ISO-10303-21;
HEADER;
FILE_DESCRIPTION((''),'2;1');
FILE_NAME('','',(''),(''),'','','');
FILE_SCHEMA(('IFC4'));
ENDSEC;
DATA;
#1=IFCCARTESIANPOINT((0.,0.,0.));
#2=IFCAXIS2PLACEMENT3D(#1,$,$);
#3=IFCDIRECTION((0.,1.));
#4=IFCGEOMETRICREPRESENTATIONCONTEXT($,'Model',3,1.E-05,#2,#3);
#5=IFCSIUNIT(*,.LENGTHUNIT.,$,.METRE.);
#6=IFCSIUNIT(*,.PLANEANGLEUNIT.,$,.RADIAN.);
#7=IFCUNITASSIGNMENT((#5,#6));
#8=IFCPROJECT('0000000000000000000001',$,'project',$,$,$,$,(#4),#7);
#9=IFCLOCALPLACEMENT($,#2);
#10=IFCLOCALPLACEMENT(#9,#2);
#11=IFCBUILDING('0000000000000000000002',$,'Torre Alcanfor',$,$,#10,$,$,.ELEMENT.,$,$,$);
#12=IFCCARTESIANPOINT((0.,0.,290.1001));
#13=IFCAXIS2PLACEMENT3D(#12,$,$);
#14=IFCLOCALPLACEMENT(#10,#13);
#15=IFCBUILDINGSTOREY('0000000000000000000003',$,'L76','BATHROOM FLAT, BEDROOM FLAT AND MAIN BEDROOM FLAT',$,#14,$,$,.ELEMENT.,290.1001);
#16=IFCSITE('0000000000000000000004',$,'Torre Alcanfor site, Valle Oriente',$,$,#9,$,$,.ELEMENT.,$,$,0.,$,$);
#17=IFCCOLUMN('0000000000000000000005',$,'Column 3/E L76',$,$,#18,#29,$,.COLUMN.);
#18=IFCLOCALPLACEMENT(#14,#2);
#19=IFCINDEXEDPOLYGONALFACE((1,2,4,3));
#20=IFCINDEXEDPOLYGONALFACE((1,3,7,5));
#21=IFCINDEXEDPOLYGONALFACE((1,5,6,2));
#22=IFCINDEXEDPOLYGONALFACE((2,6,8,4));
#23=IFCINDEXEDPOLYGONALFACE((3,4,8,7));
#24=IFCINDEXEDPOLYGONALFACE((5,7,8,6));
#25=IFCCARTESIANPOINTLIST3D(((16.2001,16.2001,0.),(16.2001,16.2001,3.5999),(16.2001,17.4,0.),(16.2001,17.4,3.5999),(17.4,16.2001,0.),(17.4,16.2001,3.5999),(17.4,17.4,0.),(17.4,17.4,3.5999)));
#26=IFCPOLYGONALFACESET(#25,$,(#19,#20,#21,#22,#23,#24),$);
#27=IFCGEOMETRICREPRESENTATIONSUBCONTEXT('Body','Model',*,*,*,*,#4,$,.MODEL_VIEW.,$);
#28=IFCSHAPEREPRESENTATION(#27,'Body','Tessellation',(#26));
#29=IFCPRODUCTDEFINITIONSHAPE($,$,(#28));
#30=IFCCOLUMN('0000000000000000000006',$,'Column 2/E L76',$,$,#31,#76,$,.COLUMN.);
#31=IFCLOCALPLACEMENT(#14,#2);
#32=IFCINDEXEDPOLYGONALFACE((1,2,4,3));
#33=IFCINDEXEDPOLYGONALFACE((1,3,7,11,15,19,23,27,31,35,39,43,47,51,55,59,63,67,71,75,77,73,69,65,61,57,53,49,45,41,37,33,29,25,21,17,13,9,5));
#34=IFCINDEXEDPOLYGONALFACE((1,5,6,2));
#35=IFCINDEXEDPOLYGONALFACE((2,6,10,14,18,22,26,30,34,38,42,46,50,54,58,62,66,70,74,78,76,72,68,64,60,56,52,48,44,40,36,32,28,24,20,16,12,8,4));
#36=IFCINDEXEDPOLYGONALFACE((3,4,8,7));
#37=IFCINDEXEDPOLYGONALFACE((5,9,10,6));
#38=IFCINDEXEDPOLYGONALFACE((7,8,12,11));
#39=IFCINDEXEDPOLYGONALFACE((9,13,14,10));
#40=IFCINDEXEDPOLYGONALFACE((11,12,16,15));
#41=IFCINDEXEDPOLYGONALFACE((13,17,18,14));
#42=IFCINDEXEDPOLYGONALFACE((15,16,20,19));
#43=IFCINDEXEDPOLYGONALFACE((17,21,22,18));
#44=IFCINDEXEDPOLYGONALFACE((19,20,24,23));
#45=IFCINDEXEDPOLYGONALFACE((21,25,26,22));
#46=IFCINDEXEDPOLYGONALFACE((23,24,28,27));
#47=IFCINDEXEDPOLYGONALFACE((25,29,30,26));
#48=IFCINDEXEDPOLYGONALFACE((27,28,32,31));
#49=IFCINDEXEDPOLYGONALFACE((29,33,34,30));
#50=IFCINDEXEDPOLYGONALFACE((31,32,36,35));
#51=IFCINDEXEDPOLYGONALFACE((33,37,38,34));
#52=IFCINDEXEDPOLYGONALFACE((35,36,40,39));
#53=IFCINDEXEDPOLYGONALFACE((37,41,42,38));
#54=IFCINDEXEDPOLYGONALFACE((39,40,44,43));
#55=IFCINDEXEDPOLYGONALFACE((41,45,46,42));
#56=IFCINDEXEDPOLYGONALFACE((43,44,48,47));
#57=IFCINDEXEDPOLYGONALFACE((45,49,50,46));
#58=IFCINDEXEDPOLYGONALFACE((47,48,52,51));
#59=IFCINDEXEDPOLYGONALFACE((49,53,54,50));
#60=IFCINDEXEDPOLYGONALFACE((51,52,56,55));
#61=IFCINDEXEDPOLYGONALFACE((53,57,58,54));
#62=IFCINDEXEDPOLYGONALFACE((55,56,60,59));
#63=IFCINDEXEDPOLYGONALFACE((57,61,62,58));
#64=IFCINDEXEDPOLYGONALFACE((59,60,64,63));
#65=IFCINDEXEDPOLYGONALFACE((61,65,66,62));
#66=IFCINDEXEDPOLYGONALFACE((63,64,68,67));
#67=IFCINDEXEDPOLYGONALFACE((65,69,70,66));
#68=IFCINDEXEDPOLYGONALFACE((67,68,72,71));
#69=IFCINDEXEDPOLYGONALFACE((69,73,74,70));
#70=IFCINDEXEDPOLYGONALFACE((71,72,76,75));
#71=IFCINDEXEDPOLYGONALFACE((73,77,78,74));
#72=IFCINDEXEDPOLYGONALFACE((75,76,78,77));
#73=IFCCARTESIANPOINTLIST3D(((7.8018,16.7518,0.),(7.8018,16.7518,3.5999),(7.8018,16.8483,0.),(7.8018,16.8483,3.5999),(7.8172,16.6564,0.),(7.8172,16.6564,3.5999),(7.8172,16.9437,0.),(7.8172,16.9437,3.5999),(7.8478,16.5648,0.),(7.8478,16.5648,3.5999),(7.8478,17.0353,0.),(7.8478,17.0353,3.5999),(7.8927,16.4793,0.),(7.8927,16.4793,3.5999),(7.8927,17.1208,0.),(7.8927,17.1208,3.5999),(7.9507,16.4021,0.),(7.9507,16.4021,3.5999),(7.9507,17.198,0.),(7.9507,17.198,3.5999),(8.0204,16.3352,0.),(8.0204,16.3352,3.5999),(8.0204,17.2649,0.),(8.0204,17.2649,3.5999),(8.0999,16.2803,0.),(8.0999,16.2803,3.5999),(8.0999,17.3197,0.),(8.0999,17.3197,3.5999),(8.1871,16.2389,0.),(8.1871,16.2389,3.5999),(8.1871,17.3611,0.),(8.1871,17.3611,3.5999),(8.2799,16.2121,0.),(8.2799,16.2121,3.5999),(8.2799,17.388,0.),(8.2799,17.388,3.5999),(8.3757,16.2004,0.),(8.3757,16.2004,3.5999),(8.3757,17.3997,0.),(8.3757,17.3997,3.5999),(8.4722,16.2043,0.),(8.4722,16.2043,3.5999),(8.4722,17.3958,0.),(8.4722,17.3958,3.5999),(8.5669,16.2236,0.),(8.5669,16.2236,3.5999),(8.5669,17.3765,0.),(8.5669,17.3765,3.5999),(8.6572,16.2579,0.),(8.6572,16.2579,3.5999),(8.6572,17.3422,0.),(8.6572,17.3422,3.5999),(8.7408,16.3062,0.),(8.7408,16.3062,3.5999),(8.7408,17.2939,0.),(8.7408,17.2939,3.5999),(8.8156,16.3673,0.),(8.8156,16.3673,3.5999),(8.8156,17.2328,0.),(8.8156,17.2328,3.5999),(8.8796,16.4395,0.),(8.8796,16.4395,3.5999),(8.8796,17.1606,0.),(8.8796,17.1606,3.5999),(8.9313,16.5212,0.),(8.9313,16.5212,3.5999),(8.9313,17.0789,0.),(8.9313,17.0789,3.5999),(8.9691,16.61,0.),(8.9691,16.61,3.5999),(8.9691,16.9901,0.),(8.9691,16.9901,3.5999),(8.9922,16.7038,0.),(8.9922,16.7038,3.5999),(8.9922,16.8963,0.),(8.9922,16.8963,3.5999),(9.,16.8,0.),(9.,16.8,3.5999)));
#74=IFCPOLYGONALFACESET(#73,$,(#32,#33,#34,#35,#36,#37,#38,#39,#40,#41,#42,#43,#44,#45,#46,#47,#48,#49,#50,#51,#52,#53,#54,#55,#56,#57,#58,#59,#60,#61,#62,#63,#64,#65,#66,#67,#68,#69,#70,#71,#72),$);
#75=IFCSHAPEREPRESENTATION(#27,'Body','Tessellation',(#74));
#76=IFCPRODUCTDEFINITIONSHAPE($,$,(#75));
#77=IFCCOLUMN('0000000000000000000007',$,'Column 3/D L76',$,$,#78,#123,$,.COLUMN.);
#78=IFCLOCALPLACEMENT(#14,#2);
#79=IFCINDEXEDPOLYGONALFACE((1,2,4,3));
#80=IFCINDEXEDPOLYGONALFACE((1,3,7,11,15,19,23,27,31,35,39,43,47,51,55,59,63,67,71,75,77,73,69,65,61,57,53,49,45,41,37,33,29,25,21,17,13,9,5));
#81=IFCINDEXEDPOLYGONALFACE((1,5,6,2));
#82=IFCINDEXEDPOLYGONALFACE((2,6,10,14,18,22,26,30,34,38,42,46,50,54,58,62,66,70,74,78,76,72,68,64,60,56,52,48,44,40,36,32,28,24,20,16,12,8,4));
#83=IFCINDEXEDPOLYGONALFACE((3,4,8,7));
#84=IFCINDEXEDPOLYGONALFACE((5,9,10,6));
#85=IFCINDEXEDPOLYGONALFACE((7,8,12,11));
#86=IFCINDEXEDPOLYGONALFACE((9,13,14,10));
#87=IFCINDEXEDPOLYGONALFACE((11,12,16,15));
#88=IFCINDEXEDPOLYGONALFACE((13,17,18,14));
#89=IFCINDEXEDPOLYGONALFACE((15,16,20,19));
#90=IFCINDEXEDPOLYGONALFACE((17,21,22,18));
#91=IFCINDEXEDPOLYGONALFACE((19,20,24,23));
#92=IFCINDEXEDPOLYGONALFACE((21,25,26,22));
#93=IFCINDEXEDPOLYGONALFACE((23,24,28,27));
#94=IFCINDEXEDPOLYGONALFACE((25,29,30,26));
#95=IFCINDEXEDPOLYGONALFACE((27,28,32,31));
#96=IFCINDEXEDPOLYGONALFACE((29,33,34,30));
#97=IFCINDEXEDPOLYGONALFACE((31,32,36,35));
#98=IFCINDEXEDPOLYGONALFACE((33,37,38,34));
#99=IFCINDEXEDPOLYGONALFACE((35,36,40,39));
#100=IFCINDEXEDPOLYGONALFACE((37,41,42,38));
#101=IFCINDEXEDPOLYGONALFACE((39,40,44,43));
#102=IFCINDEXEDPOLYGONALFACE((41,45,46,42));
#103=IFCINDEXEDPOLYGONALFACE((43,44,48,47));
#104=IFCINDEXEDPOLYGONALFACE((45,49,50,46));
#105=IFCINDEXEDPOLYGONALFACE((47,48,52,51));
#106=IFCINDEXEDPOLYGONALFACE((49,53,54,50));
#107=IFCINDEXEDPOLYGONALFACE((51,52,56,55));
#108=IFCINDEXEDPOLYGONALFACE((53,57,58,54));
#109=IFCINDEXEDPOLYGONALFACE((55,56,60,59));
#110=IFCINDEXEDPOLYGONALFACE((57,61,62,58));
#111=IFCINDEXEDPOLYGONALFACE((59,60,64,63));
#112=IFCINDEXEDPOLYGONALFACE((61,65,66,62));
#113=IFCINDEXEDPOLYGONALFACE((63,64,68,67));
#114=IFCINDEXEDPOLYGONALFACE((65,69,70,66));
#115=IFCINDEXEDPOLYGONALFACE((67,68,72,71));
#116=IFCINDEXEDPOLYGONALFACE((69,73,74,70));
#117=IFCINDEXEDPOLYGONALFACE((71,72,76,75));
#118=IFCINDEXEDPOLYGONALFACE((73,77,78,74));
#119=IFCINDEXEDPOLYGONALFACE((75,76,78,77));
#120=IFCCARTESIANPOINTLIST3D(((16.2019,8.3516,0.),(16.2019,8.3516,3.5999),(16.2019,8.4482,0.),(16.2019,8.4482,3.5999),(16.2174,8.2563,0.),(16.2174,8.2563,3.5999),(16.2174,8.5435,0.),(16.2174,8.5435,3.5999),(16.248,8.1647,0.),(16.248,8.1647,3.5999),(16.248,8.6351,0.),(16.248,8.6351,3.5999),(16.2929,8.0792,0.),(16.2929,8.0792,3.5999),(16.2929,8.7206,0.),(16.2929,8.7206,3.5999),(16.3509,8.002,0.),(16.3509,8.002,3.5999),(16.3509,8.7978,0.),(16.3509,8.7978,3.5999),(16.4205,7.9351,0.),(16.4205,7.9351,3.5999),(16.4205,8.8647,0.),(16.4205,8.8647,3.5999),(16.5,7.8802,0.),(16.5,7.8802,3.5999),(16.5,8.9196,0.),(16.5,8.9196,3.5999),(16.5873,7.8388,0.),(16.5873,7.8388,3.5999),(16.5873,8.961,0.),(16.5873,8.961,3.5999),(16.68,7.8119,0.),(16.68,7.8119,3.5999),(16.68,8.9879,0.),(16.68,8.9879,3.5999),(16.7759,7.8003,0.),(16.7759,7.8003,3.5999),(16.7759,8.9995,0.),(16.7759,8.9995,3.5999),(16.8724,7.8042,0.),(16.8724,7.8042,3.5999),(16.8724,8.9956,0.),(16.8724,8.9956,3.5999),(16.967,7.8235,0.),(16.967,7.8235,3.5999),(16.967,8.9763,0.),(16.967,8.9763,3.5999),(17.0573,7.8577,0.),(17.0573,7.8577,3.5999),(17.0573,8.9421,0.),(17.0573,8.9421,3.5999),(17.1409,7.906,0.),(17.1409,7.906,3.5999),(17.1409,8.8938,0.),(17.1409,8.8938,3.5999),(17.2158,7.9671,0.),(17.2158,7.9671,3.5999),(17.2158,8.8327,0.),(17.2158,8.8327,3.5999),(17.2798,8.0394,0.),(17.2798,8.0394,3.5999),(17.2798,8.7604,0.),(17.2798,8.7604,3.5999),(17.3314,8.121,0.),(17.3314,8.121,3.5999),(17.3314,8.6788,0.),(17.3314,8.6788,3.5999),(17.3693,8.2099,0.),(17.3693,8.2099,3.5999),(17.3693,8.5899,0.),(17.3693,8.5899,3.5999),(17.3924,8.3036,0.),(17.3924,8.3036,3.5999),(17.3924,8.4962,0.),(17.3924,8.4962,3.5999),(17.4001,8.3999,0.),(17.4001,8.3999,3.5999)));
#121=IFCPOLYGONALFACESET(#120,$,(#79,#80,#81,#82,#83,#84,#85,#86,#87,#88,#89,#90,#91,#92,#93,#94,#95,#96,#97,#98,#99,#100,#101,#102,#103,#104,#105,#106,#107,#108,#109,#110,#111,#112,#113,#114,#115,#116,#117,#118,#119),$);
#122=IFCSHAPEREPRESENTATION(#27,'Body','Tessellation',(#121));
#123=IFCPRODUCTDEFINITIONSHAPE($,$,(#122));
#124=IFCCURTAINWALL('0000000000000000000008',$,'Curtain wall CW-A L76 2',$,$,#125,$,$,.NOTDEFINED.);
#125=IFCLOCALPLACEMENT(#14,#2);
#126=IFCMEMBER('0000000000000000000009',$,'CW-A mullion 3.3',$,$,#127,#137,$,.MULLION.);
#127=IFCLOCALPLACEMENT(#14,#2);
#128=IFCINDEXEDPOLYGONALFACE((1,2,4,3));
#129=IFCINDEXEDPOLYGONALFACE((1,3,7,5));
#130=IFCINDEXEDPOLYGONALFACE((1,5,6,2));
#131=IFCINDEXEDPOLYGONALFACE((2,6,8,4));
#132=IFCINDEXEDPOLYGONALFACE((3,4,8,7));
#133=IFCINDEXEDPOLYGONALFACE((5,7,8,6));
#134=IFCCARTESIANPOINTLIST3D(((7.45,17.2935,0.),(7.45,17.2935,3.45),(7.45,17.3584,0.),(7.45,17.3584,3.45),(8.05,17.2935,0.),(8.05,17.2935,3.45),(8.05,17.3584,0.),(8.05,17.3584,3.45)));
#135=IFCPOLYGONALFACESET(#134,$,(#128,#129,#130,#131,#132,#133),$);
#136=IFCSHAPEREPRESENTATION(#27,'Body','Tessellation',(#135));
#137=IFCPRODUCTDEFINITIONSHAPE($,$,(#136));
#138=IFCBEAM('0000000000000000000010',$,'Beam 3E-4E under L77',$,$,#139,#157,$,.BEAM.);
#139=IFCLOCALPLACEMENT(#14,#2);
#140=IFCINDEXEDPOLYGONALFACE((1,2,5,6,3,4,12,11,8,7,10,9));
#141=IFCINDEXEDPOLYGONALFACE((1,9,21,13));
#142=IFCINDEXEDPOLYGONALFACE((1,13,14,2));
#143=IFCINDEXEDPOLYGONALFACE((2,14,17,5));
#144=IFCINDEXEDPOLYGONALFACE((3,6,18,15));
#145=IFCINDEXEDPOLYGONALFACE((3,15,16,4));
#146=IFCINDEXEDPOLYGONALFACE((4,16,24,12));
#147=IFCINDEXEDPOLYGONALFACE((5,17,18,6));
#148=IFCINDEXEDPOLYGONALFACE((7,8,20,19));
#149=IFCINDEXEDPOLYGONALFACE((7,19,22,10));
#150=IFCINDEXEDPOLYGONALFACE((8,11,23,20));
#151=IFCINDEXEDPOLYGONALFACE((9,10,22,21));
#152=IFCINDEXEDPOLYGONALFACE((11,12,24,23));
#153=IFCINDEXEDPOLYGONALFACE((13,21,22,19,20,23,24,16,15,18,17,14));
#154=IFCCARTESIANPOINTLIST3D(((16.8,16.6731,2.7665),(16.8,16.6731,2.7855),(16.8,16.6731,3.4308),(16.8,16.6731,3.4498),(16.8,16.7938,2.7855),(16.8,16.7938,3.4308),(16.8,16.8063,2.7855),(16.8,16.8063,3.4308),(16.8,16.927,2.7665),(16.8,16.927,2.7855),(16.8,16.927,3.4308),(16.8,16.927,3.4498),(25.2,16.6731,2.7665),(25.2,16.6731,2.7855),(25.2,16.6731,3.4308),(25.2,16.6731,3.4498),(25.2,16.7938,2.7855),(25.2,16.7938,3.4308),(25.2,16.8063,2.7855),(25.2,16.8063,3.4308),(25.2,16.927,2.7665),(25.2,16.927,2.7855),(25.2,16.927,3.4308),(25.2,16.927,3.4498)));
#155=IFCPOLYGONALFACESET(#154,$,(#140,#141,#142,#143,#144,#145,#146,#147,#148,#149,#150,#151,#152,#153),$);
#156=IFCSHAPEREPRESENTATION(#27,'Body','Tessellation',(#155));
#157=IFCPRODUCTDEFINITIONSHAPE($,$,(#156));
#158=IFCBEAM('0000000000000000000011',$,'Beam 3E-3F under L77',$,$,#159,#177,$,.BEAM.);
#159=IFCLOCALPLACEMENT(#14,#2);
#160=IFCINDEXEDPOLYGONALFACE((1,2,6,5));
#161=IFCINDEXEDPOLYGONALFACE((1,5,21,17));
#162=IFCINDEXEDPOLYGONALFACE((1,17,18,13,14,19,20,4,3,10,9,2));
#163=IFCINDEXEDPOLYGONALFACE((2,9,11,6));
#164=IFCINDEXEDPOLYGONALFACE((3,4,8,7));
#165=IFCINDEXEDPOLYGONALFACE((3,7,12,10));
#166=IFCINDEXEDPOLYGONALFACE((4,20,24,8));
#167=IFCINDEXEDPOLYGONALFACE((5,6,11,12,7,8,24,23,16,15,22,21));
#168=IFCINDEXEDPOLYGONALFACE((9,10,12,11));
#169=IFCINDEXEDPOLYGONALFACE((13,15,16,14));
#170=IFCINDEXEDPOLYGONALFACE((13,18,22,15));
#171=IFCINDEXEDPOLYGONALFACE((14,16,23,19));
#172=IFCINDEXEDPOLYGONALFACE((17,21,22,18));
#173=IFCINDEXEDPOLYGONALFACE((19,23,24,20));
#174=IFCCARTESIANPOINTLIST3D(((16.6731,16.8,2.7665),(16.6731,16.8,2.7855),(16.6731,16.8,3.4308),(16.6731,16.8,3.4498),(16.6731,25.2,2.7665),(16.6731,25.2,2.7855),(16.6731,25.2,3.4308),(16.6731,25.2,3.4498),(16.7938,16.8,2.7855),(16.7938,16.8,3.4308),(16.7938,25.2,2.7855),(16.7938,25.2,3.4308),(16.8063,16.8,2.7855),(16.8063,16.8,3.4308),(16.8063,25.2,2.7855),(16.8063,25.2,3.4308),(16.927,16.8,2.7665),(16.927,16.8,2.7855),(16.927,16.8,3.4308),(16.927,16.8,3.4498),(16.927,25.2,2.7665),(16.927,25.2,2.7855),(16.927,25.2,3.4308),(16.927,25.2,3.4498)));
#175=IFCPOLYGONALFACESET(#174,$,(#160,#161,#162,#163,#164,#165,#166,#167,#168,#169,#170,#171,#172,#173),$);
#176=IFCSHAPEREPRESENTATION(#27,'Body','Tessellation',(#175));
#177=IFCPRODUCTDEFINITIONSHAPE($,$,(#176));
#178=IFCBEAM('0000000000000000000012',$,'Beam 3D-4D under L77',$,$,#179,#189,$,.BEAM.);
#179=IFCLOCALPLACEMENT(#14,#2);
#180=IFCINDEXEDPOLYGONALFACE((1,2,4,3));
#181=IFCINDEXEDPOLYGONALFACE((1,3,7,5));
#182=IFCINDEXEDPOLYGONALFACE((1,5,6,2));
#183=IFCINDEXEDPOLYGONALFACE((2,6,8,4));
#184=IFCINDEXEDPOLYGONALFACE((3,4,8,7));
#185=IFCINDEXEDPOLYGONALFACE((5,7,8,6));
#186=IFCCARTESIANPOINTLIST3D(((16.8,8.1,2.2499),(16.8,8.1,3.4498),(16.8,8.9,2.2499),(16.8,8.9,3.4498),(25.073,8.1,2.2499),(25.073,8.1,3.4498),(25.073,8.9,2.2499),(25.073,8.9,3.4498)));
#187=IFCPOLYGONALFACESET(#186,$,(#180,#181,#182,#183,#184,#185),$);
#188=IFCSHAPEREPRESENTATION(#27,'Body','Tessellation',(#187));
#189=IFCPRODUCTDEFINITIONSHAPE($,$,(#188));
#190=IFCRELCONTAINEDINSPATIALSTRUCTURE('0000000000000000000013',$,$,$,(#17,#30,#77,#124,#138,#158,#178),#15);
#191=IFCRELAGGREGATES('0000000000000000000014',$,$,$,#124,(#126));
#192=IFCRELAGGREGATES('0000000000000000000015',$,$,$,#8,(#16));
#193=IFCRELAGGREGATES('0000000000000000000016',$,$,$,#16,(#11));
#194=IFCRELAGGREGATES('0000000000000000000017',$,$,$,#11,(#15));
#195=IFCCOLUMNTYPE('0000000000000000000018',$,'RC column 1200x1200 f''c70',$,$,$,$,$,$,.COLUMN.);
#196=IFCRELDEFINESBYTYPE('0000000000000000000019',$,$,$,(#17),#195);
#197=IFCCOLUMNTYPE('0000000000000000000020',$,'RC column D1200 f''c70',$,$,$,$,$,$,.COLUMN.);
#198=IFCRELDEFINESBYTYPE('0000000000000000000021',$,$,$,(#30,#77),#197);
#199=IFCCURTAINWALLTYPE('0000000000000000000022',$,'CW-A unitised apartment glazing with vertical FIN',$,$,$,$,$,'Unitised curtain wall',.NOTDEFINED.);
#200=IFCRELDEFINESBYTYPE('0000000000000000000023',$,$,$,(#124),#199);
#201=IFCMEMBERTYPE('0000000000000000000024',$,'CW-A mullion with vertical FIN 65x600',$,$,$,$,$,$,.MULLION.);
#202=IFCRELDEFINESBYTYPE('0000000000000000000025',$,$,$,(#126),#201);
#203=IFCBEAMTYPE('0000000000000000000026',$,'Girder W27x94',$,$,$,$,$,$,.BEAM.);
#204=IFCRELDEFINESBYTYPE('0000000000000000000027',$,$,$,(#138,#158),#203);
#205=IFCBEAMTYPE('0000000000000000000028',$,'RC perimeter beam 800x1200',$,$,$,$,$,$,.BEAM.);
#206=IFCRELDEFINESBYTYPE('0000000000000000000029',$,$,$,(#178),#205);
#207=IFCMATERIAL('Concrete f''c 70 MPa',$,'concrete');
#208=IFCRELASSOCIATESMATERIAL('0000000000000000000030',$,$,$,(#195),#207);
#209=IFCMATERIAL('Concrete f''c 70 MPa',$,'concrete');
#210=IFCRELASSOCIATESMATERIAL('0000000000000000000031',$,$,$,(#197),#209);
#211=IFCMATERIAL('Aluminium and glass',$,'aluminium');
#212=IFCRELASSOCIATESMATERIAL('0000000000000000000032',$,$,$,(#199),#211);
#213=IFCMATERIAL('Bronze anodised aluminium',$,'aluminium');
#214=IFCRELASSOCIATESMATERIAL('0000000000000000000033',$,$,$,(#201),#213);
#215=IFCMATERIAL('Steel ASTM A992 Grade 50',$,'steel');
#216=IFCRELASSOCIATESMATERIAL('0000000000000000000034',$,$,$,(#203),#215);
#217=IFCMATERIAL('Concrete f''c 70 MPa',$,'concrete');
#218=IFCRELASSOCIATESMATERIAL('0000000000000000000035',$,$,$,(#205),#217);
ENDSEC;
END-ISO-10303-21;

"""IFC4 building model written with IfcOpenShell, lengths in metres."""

from ifc_helpers import new_model, si_unit, direction, frame, origin, origin_2d, place, context, subcontext, project, spatial, rectangle, circle, i_section, extrude, material, material_profile, profile_set, type_object, element, aggregate, save


model = new_model("IFC4")

# Units and contexts
model_context = context("Model", 3, precision=1e-05, world=origin(), true_north=direction((0.0, 1.0)))
body_context = subcontext(model_context, "Body", "Model", "MODEL_VIEW")
ifc_project = project(units=[si_unit("LENGTHUNIT", "METRE"), si_unit("PLANEANGLEUNIT", "RADIAN")], contexts=[model_context])

# Site, building, storey
site_placement = place(None, origin())
site = spatial("IfcSite", under=ifc_project, at=site_placement, Name="Torre Alcanfor site, Valle Oriente", CompositionType="ELEMENT", RefElevation=0.0)
building_placement = place(site_placement, origin())
building = spatial("IfcBuilding", under=site, at=building_placement, Name="Torre Alcanfor", CompositionType="ELEMENT")
storey_placement = place(building_placement, frame((0.0, 0.0, 290.1001)))
storey = spatial("IfcBuildingStorey", under=building, at=storey_placement, Name="L76", Description="BATHROOM FLAT, BEDROOM FLAT AND MAIN BEDROOM FLAT", CompositionType="ELEMENT", Elevation=290.1001)

# Columns
ifc_material_1 = material(Name="Concrete f'c 70 MPa", Category="concrete")
ifc_material_profile_1 = material_profile(ifc_material_1, rectangle(XDim=1.2, YDim=1.2, at=origin_2d()), Name="1200x1200")
ifc_profile_set_1 = profile_set([ifc_material_profile_1], Name="Concrete f'c 70 MPa")
column_type_1 = type_object("IfcColumnType", Name="RC column 1200x1200 f'c70", PredefinedType="COLUMN", material=ifc_profile_set_1)
column_placement = place(storey_placement, frame((16.8, 16.8, 0.0), z_axis=(0.0, 0.0, 1.0), x_axis=(1.0, 0.0, 0.0)))
element("IfcColumn", 1, at=column_placement, inside=storey, type_object=column_type_1, Name="Column 3/E L76", PredefinedType="COLUMN", context=body_context, shape_type="SweptSolid", body=[
    extrude(rectangle(XDim=1.2, YDim=1.2, at=origin_2d()), origin(), (0.0, 0.0, 1.0), 3.5999),
])
ifc_material_2 = material(Name="Concrete f'c 70 MPa", Category="concrete")
ifc_material_profile_2 = material_profile(ifc_material_2, circle(Radius=0.6001, at=origin_2d()), Name="D1200")
ifc_profile_set_2 = profile_set([ifc_material_profile_2], Name="Concrete f'c 70 MPa")
column_type_2 = type_object("IfcColumnType", Name="RC column D1200 f'c70", PredefinedType="COLUMN", material=ifc_profile_set_2)
for number, where, z_axis, x_axis, name in (
    (2, (8.3999, 16.8, 0.0), (0.0, 0.0, 1.0), (1.0, 0.0, 0.0), "Column 2/E L76"),
    (3, (16.8, 8.3999, 0.0), (0.0, 0.0, 1.0), (1.0, 0.0, 0.0), "Column 3/D L76"),
):
    element("IfcColumn", number, at=place(storey_placement, frame(where, z_axis=z_axis, x_axis=x_axis)), inside=storey, type_object=column_type_2, Name=name, PredefinedType="COLUMN", context=body_context, shape_type="SweptSolid", body=[
        extrude(circle(Radius=0.6001, at=origin_2d()), origin(), (0.0, 0.0, 1.0), 3.5999),
    ])

# Curtain wall, member
ifc_material_3 = material(Name="Aluminium and glass", Category="aluminium")
curtain_wall_type = type_object("IfcCurtainWallType", Name="CW-A unitised apartment glazing with vertical FIN", ElementType="Unitised curtain wall", PredefinedType="NOTDEFINED", material=ifc_material_3)
curtain_wall_placement = place(storey_placement, origin())
curtain_wall = element("IfcCurtainWall", 4, at=curtain_wall_placement, inside=storey, type_object=curtain_wall_type, Name="Curtain wall CW-A L76 2", PredefinedType="NOTDEFINED")
ifc_material_4 = material(Name="Bronze anodised aluminium", Category="aluminium")
ifc_material_profile_3 = material_profile(ifc_material_4, rectangle(XDim=0.6001, YDim=0.0649, at=origin_2d()), Name="CW-A mullion 65x600")
ifc_profile_set_3 = profile_set([ifc_material_profile_3], Name="Bronze anodised aluminium")
member_type = type_object("IfcMemberType", Name="CW-A mullion with vertical FIN 65x600", PredefinedType="MULLION", material=ifc_profile_set_3)
member_placement = place(storey_placement, frame((7.75, 17.3259, 0.0), z_axis=(0.0, 0.0, 1.0), x_axis=(1.0, 0.0, 0.0)))
member = element("IfcMember", 5, at=member_placement, type_object=member_type, Name="CW-A mullion 3.3", PredefinedType="MULLION", context=body_context, shape_type="SweptSolid", body=[
    extrude(rectangle(XDim=0.6001, YDim=0.0649, at=origin_2d()), origin(), (0.0, 0.0, 1.0), 3.45),
])

# Beams
ifc_material_5 = material(Name="Steel ASTM A992 Grade 50", Category="steel")
ifc_material_profile_4 = material_profile(ifc_material_5, i_section(OverallWidth=0.2539, OverallDepth=0.6833, WebThickness=0.0125, FlangeThickness=0.019, at=origin_2d()), Name="W27x94")
ifc_profile_set_4 = profile_set([ifc_material_profile_4], Name="Steel ASTM A992 Grade 50")
beam_type_1 = type_object("IfcBeamType", Name="Girder W27x94", PredefinedType="BEAM", material=ifc_profile_set_4)
for number, where, z_axis, x_axis, name in (
    (6, (16.8, 16.8, 3.1082), (1.0, 0.0, 0.0), (0.0, 1.0, 0.0), "Beam 3E-4E under L77"),
    (7, (16.8, 16.8, 3.1082), (0.0, 1.0, 0.0), (-1.0, 0.0, 0.0), "Beam 3E-3F under L77"),
):
    element("IfcBeam", number, at=place(storey_placement, frame(where, z_axis=z_axis, x_axis=x_axis)), inside=storey, type_object=beam_type_1, Name=name, PredefinedType="BEAM", context=body_context, shape_type="SweptSolid", body=[
        extrude(i_section(OverallWidth=0.2539, OverallDepth=0.6833, WebThickness=0.0125, FlangeThickness=0.019, at=origin_2d()), origin(), (0.0, 0.0, 1.0), 8.3999),
    ])
ifc_material_6 = material(Name="Concrete f'c 70 MPa", Category="concrete")
ifc_material_profile_5 = material_profile(ifc_material_6, rectangle(XDim=0.8, YDim=1.2, at=origin_2d()), Name="800x1200")
ifc_profile_set_5 = profile_set([ifc_material_profile_5], Name="Concrete f'c 70 MPa")
beam_type_2 = type_object("IfcBeamType", Name="RC perimeter beam 800x1200", PredefinedType="BEAM", material=ifc_profile_set_5)
beam_1_placement = place(storey_placement, frame((16.8, 8.5, 2.8499), z_axis=(1.0, 0.0, 0.0), x_axis=(0.0, 1.0, 0.0)))
element("IfcBeam", 8, at=beam_1_placement, inside=storey, type_object=beam_type_2, Name="Beam 3D-4D under L77", PredefinedType="BEAM", context=body_context, shape_type="SweptSolid", body=[
    extrude(rectangle(XDim=0.8, YDim=1.2, at=origin_2d()), origin(), (0.0, 0.0, 1.0), 8.2729),
])

aggregate(curtain_wall, [member])

save(model, "model.ifc")
